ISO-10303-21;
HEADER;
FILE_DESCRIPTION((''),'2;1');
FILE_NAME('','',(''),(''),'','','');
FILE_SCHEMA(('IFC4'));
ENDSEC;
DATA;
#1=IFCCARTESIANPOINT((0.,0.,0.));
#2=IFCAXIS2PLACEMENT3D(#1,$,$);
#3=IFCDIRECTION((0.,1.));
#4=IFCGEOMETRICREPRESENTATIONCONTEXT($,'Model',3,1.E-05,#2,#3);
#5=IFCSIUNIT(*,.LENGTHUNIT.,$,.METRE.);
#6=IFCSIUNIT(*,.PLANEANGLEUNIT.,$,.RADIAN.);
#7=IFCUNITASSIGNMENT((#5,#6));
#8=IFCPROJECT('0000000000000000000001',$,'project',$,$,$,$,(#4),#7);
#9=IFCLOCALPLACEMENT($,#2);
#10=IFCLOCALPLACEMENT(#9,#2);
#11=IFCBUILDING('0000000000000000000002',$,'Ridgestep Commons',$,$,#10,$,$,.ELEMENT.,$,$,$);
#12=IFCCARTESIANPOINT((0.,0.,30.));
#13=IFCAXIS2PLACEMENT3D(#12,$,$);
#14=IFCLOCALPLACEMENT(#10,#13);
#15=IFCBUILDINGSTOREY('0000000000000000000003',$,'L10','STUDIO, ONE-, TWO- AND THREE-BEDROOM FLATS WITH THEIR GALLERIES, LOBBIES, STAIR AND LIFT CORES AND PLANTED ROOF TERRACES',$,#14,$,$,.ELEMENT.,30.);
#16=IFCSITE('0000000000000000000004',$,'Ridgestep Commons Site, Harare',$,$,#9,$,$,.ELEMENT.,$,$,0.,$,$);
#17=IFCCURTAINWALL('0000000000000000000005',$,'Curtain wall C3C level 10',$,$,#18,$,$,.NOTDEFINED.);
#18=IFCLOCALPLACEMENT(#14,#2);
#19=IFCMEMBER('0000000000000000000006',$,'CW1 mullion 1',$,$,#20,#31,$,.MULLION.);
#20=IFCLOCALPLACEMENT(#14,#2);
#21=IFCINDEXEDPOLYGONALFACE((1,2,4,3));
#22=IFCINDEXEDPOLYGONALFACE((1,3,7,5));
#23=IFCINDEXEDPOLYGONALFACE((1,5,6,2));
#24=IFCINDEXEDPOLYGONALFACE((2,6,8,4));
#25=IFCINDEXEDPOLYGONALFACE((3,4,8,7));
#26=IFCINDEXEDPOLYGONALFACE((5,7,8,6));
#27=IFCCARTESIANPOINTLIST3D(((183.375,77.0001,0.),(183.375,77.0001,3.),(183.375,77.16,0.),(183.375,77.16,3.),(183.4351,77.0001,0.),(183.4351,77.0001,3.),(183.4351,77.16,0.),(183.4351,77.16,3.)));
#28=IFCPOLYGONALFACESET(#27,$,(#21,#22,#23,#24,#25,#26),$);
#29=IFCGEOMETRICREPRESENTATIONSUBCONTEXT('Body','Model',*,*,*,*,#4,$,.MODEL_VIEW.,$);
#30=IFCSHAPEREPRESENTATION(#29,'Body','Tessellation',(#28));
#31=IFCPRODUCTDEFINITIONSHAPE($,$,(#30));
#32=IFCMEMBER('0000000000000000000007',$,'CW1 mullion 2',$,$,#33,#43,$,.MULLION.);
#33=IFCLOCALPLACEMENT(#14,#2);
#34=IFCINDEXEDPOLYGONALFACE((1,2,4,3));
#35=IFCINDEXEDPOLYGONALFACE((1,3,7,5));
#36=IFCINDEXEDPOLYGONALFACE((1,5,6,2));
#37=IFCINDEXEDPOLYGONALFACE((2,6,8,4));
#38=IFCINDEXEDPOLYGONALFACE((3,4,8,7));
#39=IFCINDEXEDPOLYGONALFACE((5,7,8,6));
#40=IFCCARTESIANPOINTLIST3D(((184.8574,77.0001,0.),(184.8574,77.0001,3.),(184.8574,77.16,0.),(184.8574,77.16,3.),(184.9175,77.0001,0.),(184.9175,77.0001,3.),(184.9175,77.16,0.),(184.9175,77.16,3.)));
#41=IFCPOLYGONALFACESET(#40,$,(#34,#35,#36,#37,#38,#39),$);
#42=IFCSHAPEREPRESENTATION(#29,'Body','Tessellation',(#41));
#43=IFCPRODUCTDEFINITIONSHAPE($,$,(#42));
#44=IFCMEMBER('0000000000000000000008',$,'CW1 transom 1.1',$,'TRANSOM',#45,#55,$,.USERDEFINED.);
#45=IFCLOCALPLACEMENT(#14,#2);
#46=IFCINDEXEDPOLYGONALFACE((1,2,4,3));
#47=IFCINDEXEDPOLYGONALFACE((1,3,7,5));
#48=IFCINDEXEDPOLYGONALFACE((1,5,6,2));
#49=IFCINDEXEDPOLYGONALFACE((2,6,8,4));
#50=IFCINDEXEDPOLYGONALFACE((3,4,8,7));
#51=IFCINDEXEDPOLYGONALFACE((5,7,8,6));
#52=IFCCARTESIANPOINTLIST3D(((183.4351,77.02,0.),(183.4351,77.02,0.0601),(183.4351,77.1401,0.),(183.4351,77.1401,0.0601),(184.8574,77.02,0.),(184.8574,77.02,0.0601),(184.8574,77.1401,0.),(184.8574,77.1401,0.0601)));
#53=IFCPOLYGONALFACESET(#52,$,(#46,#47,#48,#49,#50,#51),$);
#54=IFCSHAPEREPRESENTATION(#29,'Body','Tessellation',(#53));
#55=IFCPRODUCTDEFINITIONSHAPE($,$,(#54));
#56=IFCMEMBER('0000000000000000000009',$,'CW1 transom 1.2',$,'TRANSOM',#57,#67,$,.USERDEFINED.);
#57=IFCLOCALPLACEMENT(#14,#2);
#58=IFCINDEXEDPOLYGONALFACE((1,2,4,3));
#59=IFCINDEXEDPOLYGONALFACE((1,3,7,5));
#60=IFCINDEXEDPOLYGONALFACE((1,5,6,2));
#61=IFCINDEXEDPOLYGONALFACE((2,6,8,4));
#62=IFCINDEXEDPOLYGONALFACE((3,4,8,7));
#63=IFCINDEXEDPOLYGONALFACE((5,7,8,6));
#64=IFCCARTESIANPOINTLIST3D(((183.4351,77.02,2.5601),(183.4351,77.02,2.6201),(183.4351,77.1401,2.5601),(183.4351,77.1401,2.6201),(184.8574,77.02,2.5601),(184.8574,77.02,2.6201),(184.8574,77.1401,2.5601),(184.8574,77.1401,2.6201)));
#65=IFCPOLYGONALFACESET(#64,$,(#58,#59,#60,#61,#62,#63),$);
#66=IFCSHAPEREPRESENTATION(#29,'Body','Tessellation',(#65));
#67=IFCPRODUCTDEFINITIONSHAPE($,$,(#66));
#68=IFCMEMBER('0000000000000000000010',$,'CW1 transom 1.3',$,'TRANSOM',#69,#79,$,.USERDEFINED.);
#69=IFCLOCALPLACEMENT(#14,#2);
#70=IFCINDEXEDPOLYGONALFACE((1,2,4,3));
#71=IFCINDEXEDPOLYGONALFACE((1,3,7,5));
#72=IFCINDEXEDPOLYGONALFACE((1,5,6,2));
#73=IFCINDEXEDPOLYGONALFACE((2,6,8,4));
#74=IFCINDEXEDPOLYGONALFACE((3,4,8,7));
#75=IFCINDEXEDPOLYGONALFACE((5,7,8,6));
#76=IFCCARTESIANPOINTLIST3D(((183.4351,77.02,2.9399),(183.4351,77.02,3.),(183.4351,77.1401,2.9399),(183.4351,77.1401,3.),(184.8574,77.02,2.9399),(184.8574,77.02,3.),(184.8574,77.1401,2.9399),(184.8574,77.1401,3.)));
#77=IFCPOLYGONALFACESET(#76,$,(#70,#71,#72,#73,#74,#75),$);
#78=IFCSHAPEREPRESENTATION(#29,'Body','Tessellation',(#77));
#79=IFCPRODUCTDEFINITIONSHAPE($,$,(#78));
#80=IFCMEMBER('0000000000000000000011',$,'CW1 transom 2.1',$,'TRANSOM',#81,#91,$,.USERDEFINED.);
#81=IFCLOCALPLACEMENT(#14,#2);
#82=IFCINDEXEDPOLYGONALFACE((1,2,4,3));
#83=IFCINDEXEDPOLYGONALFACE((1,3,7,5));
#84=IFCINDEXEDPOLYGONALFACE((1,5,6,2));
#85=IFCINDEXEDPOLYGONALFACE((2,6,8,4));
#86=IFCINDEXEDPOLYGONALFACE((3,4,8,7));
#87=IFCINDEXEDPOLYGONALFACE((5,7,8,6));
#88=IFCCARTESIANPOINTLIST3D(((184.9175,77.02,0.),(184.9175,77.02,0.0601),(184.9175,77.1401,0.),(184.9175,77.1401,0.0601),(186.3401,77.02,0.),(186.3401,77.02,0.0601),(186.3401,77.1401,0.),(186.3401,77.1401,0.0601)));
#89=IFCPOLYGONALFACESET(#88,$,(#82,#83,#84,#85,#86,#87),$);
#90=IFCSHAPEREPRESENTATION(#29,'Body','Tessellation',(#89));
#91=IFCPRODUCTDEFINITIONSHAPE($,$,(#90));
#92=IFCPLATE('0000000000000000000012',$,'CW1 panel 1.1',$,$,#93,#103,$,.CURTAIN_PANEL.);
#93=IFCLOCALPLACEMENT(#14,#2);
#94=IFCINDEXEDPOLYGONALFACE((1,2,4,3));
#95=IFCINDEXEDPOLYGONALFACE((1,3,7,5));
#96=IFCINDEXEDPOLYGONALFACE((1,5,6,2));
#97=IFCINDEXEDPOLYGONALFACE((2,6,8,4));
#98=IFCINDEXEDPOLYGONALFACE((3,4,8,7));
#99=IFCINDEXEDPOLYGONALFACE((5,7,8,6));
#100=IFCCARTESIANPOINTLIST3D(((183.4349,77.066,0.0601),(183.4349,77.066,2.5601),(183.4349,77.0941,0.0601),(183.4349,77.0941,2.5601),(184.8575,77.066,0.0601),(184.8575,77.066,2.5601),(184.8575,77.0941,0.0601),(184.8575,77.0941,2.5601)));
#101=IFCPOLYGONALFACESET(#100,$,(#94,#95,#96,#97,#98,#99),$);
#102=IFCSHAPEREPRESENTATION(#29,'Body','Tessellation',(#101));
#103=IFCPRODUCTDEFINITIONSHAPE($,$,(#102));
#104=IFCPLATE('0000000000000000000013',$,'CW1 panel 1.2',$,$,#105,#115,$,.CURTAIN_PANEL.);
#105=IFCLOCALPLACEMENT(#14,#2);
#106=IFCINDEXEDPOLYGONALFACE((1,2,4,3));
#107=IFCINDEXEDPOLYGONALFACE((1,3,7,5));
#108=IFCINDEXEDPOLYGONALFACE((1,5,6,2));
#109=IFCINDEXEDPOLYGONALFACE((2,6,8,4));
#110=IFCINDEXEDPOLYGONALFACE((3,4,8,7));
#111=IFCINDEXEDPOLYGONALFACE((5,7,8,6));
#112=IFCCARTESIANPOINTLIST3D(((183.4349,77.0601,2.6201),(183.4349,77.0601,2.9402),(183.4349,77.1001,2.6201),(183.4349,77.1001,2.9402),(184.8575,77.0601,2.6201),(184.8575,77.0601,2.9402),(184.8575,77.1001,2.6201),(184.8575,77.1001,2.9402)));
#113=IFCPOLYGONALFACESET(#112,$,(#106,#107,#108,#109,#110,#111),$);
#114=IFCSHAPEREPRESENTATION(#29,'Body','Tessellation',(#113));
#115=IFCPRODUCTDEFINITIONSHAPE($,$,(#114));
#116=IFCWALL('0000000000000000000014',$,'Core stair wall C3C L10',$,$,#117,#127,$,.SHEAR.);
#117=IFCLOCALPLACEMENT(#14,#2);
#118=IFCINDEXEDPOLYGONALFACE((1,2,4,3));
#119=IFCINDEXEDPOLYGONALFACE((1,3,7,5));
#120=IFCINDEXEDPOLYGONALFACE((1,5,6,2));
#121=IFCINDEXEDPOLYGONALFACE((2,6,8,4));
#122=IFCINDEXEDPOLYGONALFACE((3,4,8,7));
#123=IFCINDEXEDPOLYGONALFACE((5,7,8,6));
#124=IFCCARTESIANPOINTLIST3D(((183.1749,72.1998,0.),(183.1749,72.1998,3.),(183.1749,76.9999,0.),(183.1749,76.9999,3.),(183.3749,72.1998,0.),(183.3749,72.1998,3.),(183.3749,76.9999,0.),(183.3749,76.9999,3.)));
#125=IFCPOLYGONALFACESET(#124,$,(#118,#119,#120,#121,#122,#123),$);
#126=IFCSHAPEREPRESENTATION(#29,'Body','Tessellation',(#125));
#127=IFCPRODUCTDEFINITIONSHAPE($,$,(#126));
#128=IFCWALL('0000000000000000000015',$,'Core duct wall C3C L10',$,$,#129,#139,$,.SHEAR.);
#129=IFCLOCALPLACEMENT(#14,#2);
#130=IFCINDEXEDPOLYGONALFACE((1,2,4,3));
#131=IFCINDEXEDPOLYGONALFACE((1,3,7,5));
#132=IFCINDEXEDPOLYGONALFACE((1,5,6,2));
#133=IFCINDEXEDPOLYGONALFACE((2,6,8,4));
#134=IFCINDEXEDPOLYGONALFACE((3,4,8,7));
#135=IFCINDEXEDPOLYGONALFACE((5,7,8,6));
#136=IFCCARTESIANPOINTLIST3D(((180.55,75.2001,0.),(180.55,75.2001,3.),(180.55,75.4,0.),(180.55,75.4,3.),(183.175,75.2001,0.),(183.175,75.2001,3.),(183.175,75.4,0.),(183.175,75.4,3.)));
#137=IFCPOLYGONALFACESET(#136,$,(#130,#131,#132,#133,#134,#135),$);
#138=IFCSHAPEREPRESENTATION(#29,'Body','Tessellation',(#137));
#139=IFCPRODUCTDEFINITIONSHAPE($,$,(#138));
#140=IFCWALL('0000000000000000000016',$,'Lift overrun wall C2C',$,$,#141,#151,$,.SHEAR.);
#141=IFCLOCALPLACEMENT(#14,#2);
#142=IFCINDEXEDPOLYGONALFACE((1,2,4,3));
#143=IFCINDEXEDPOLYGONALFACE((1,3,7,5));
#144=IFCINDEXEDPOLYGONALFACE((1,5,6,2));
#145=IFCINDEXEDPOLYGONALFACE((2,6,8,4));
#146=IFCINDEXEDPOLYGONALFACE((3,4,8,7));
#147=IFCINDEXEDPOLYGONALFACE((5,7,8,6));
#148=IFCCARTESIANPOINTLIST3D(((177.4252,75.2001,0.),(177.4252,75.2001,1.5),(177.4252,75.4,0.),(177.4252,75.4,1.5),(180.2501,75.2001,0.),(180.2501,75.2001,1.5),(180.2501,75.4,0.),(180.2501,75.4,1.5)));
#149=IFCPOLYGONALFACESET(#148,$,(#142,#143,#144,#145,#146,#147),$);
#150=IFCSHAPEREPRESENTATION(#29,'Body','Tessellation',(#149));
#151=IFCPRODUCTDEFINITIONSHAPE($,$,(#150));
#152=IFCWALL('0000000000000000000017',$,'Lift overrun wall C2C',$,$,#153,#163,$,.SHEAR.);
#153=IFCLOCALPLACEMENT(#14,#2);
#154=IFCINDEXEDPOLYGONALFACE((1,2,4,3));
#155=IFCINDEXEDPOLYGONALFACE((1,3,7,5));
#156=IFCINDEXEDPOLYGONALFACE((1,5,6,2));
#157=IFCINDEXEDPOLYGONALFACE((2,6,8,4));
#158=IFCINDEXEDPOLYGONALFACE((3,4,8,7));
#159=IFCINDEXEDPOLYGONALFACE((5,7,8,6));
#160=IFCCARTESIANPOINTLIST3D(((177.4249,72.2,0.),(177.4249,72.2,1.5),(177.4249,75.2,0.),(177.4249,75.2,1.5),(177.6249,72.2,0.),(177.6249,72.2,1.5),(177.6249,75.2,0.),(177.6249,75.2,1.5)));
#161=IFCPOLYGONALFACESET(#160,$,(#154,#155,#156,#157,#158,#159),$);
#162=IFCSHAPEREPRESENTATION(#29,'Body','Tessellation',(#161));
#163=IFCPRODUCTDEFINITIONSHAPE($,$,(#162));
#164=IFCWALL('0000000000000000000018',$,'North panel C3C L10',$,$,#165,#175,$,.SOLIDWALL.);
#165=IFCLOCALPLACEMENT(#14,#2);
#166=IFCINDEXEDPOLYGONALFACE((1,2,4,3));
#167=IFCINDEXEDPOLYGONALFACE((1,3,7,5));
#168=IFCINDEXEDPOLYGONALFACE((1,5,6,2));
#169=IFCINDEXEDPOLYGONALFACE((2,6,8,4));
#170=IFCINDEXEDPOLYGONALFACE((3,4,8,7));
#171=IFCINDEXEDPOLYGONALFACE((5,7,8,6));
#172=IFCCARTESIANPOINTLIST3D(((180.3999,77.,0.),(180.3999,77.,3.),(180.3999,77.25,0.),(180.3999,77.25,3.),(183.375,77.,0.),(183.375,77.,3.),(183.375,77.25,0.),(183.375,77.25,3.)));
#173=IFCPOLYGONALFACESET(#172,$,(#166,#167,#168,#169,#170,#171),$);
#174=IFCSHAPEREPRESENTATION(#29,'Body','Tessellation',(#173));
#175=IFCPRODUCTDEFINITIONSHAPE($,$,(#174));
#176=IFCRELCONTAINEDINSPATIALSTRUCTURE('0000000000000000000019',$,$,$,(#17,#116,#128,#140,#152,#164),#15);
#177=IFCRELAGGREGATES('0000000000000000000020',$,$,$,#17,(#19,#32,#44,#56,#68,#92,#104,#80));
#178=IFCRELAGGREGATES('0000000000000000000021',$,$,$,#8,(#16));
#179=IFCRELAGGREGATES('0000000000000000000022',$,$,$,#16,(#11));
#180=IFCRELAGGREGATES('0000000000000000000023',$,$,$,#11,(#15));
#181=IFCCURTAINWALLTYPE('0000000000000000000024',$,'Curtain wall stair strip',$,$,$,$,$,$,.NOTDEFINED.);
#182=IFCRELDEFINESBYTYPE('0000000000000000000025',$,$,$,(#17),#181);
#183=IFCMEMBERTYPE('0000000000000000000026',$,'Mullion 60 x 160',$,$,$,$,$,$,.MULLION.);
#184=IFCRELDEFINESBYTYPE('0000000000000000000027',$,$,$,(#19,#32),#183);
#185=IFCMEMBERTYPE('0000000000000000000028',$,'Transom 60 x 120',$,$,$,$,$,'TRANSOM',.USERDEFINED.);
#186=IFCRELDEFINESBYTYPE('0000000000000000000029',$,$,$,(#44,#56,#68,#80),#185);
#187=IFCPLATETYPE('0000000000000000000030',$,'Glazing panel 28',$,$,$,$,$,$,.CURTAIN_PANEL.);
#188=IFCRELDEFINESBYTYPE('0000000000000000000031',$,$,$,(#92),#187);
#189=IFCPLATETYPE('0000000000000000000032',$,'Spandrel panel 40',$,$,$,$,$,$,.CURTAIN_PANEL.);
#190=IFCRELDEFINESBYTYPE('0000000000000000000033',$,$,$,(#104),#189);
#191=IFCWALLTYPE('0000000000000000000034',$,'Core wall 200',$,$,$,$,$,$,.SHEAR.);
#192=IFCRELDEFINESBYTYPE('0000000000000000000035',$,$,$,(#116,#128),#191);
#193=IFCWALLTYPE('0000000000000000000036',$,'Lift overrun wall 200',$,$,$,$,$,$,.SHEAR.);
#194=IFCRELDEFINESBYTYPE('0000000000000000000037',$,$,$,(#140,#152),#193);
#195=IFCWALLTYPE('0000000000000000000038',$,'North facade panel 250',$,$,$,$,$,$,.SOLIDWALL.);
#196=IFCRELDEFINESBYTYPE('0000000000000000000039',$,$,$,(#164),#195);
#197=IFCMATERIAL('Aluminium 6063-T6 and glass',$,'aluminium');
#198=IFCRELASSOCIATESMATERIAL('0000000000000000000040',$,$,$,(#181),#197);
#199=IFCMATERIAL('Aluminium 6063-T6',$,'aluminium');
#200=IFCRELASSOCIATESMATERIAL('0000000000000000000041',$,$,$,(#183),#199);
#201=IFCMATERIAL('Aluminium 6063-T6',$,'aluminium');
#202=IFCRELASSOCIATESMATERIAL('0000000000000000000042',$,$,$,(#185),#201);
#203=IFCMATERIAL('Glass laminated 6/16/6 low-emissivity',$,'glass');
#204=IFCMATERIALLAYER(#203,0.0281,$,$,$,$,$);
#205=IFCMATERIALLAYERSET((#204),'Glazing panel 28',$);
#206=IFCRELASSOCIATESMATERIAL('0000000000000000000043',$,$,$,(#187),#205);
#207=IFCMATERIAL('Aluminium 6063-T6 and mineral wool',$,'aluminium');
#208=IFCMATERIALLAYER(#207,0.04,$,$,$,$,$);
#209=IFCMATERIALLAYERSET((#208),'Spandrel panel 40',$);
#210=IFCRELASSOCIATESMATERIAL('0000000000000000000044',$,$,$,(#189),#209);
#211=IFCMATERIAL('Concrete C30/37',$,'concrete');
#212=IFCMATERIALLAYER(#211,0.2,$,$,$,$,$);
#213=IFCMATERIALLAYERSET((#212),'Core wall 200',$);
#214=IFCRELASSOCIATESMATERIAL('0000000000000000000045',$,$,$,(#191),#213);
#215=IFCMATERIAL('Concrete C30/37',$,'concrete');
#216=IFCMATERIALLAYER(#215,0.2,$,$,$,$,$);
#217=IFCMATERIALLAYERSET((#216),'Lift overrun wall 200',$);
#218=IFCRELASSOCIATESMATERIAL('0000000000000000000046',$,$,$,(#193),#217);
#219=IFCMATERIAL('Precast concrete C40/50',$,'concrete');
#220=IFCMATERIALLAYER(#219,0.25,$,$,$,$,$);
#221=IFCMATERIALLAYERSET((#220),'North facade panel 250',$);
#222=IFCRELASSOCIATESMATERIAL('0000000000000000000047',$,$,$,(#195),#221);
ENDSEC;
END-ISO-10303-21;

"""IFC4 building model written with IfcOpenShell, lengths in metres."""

from ifc_helpers import new_model, si_unit, direction, frame, frame_2d, origin, origin_2d, place, context, subcontext, project, spatial, rectangle, extrude, material, layer, layer_set, material_profile, profile_set, type_object, element, aggregate, save


model = new_model("IFC4")

# Units and contexts
model_context = context("Model", 3, precision=1e-05, world=origin(), true_north=direction((0.0, 1.0)))
body_context = subcontext(model_context, "Body", "Model", "MODEL_VIEW")
ifc_project = project(units=[si_unit("LENGTHUNIT", "METRE"), si_unit("PLANEANGLEUNIT", "RADIAN")], contexts=[model_context])

# Site, building, storey
site_placement = place(None, origin())
site = spatial("IfcSite", under=ifc_project, at=site_placement, Name="Ridgestep Commons Site, Harare", CompositionType="ELEMENT", RefElevation=0.0)
building_placement = place(site_placement, origin())
building = spatial("IfcBuilding", under=site, at=building_placement, Name="Ridgestep Commons", CompositionType="ELEMENT")
storey_placement = place(building_placement, frame((0.0, 0.0, 30.0)))
storey = spatial("IfcBuildingStorey", under=building, at=storey_placement, Name="L10", Description="STUDIO, ONE-, TWO- AND THREE-BEDROOM FLATS WITH THEIR GALLERIES, LOBBIES, STAIR AND LIFT CORES AND PLANTED ROOF TERRACES", CompositionType="ELEMENT", Elevation=30.0)

# Curtain wall, members, plates
ifc_material_1 = material(Name="Aluminium 6063-T6 and glass", Category="aluminium")
curtain_wall_type = type_object("IfcCurtainWallType", Name="Curtain wall stair strip", PredefinedType="NOTDEFINED", material=ifc_material_1)
curtain_wall_placement = place(storey_placement, origin())
curtain_wall = element("IfcCurtainWall", 1, at=curtain_wall_placement, inside=storey, type_object=curtain_wall_type, Name="Curtain wall C3C level 10", PredefinedType="NOTDEFINED")
ifc_material_2 = material(Name="Aluminium 6063-T6", Category="aluminium")
ifc_material_profile_1 = material_profile(ifc_material_2, rectangle(XDim=0.1599, YDim=0.0601, at=origin_2d()), Name="Mullion 60 x 160")
ifc_profile_set_1 = profile_set([ifc_material_profile_1], Name="Aluminium 6063-T6")
member_type_1 = type_object("IfcMemberType", Name="Mullion 60 x 160", PredefinedType="MULLION", material=ifc_profile_set_1)
member_1_placement = place(storey_placement, frame((183.405, 77.0801, 0.0), z_axis=(0.0, 0.0, 1.0), x_axis=(0.0, 1.0, 0.0)))
member_1 = element("IfcMember", 2, at=member_1_placement, type_object=member_type_1, Name="CW1 mullion 1", PredefinedType="MULLION", context=body_context, shape_type="SweptSolid", body=[
    extrude(rectangle(XDim=0.1599, YDim=0.0601, at=origin_2d()), origin(), (0.0, 0.0, 1.0), 3.0),
])
member_2_placement = place(storey_placement, frame((184.8875, 77.0801, 0.0), z_axis=(0.0, 0.0, 1.0), x_axis=(0.0, 1.0, 0.0)))
member_2 = element("IfcMember", 3, at=member_2_placement, type_object=member_type_1, Name="CW1 mullion 2", PredefinedType="MULLION", context=body_context, shape_type="SweptSolid", body=[
    extrude(rectangle(XDim=0.1599, YDim=0.0601, at=origin_2d()), origin(), (0.0, 0.0, 1.0), 3.0),
])
ifc_material_3 = material(Name="Aluminium 6063-T6", Category="aluminium")
ifc_material_profile_2 = material_profile(ifc_material_3, rectangle(XDim=0.1201, YDim=0.0601, at=origin_2d()), Name="Transom 60 x 120")
ifc_profile_set_2 = profile_set([ifc_material_profile_2], Name="Aluminium 6063-T6")
member_type_2 = type_object("IfcMemberType", Name="Transom 60 x 120", ElementType="TRANSOM", PredefinedType="USERDEFINED", material=ifc_profile_set_2)
member_3_placement = place(storey_placement, frame((183.4351, 77.0801, 0.03), z_axis=(1.0, 0.0, 0.0), x_axis=(0.0, 1.0, 0.0)))
member_3 = element("IfcMember", 4, at=member_3_placement, type_object=member_type_2, Name="CW1 transom 1.1", ObjectType="TRANSOM", PredefinedType="USERDEFINED", context=body_context, shape_type="SweptSolid", body=[
    extrude(rectangle(XDim=0.1201, YDim=0.0601, at=origin_2d()), origin(), (0.0, 0.0, 1.0), 1.4224),
])
member_4_placement = place(storey_placement, frame((183.4351, 77.0801, 2.5901), z_axis=(1.0, 0.0, 0.0), x_axis=(0.0, 1.0, 0.0)))
member_4 = element("IfcMember", 5, at=member_4_placement, type_object=member_type_2, Name="CW1 transom 1.2", ObjectType="TRANSOM", PredefinedType="USERDEFINED", context=body_context, shape_type="SweptSolid", body=[
    extrude(rectangle(XDim=0.1201, YDim=0.0601, at=origin_2d()), origin(), (0.0, 0.0, 1.0), 1.4224),
])
member_5_placement = place(storey_placement, frame((183.4351, 77.0801, 2.97), z_axis=(1.0, 0.0, 0.0), x_axis=(0.0, 1.0, 0.0)))
member_5 = element("IfcMember", 6, at=member_5_placement, type_object=member_type_2, Name="CW1 transom 1.3", ObjectType="TRANSOM", PredefinedType="USERDEFINED", context=body_context, shape_type="SweptSolid", body=[
    extrude(rectangle(XDim=0.1201, YDim=0.0601, at=origin_2d()), origin(), (0.0, 0.0, 1.0), 1.4224),
])
member_6_placement = place(storey_placement, frame((184.9175, 77.0801, 0.03), z_axis=(1.0, 0.0, 0.0), x_axis=(0.0, 1.0, 0.0)))
member_6 = element("IfcMember", 7, at=member_6_placement, type_object=member_type_2, Name="CW1 transom 2.1", ObjectType="TRANSOM", PredefinedType="USERDEFINED", context=body_context, shape_type="SweptSolid", body=[
    extrude(rectangle(XDim=0.1201, YDim=0.0601, at=origin_2d()), origin(), (0.0, 0.0, 1.0), 1.4226),
])
ifc_material_4 = material(Name="Glass laminated 6/16/6 low-emissivity", Category="glass")
ifc_layer_1 = layer(ifc_material_4, 0.0281)
ifc_layer_set_1 = layer_set([ifc_layer_1], Name="Glazing panel 28")
plate_type_1 = type_object("IfcPlateType", Name="Glazing panel 28", PredefinedType="CURTAIN_PANEL", material=ifc_layer_set_1)
plate_1_placement = place(storey_placement, frame((184.1462, 77.0801, 0.0601), z_axis=(0.0, 0.0, 1.0), x_axis=(1.0, 0.0, 0.0)))
plate_1 = element("IfcPlate", 8, at=plate_1_placement, type_object=plate_type_1, Name="CW1 panel 1.1", PredefinedType="CURTAIN_PANEL", context=body_context, shape_type="SweptSolid", body=[
    extrude(rectangle(XDim=1.4226, YDim=0.0281, at=origin_2d()), origin(), (0.0, 0.0, 1.0), 2.5),
])
ifc_material_5 = material(Name="Aluminium 6063-T6 and mineral wool", Category="aluminium")
ifc_layer_2 = layer(ifc_material_5, 0.04)
ifc_layer_set_2 = layer_set([ifc_layer_2], Name="Spandrel panel 40")
plate_type_2 = type_object("IfcPlateType", Name="Spandrel panel 40", PredefinedType="CURTAIN_PANEL", material=ifc_layer_set_2)
plate_2_placement = place(storey_placement, frame((184.1462, 77.0801, 2.6201), z_axis=(0.0, 0.0, 1.0), x_axis=(1.0, 0.0, 0.0)))
plate_2 = element("IfcPlate", 9, at=plate_2_placement, type_object=plate_type_2, Name="CW1 panel 1.2", PredefinedType="CURTAIN_PANEL", context=body_context, shape_type="SweptSolid", body=[
    extrude(rectangle(XDim=1.4226, YDim=0.04, at=origin_2d()), origin(), (0.0, 0.0, 1.0), 0.3201),
])
aggregate(curtain_wall, [member_1, member_2, member_3, member_4, member_5, plate_1, plate_2, member_6])

# Walls
ifc_material_6 = material(Name="Concrete C30/37", Category="concrete")
ifc_layer_3 = layer(ifc_material_6, 0.2)
ifc_layer_set_3 = layer_set([ifc_layer_3], Name="Core wall 200")
wall_type_1 = type_object("IfcWallType", Name="Core wall 200", PredefinedType="SHEAR", material=ifc_layer_set_3)
wall_1_placement = place(storey_placement, frame((183.2749, 72.2, 0.0), z_axis=(0.0, 0.0, 1.0), x_axis=(0.0, 1.0, 0.0)))
element("IfcWall", 10, at=wall_1_placement, inside=storey, type_object=wall_type_1, Name="Core stair wall C3C L10", PredefinedType="SHEAR", context=body_context, shape_type="SweptSolid", body=[
    extrude(rectangle(XDim=4.8, YDim=0.2, at=frame_2d((2.3999, 0.0))), origin(), (0.0, 0.0, 1.0), 3.0),
])
wall_2_placement = place(storey_placement, frame((180.55, 75.3, 0.0), z_axis=(0.0, 0.0, 1.0), x_axis=(1.0, 0.0, 0.0)))
element("IfcWall", 11, at=wall_2_placement, inside=storey, type_object=wall_type_1, Name="Core duct wall C3C L10", PredefinedType="SHEAR", context=body_context, shape_type="SweptSolid", body=[
    extrude(rectangle(XDim=2.625, YDim=0.2, at=frame_2d((1.3125, 0.0))), origin(), (0.0, 0.0, 1.0), 3.0),
])
ifc_material_7 = material(Name="Concrete C30/37", Category="concrete")
ifc_layer_4 = layer(ifc_material_7, 0.2)
ifc_layer_set_4 = layer_set([ifc_layer_4], Name="Lift overrun wall 200")
wall_type_2 = type_object("IfcWallType", Name="Lift overrun wall 200", PredefinedType="SHEAR", material=ifc_layer_set_4)
wall_3_placement = place(storey_placement, frame((177.425, 75.3, 0.0), z_axis=(0.0, 0.0, 1.0), x_axis=(1.0, 0.0, 0.0)))
element("IfcWall", 12, at=wall_3_placement, inside=storey, type_object=wall_type_2, Name="Lift overrun wall C2C", PredefinedType="SHEAR", context=body_context, shape_type="SweptSolid", body=[
    extrude(rectangle(XDim=2.825, YDim=0.2, at=frame_2d((1.4126, 0.0))), origin(), (0.0, 0.0, 1.0), 1.5),
])
wall_4_placement = place(storey_placement, frame((177.5249, 72.2, 0.0), z_axis=(0.0, 0.0, 1.0), x_axis=(0.0, 1.0, 0.0)))
element("IfcWall", 13, at=wall_4_placement, inside=storey, type_object=wall_type_2, Name="Lift overrun wall C2C", PredefinedType="SHEAR", context=body_context, shape_type="SweptSolid", body=[
    extrude(rectangle(XDim=3.0, YDim=0.2, at=frame_2d((1.5, 0.0))), origin(), (0.0, 0.0, 1.0), 1.5),
])
ifc_material_8 = material(Name="Precast concrete C40/50", Category="concrete")
ifc_layer_5 = layer(ifc_material_8, 0.25)
ifc_layer_set_5 = layer_set([ifc_layer_5], Name="North facade panel 250")
wall_type_3 = type_object("IfcWallType", Name="North facade panel 250", PredefinedType="SOLIDWALL", material=ifc_layer_set_5)
wall_5_placement = place(storey_placement, frame((180.3999, 77.125, 0.0), z_axis=(0.0, 0.0, 1.0), x_axis=(1.0, 0.0, 0.0)))
element("IfcWall", 14, at=wall_5_placement, inside=storey, type_object=wall_type_3, Name="North panel C3C L10", PredefinedType="SOLIDWALL", context=body_context, shape_type="SweptSolid", body=[
    extrude(rectangle(XDim=2.9751, YDim=0.25, at=frame_2d((1.4875, 0.0))), origin(), (0.0, 0.0, 1.0), 3.0),
])

save(model, "model.ifc")
